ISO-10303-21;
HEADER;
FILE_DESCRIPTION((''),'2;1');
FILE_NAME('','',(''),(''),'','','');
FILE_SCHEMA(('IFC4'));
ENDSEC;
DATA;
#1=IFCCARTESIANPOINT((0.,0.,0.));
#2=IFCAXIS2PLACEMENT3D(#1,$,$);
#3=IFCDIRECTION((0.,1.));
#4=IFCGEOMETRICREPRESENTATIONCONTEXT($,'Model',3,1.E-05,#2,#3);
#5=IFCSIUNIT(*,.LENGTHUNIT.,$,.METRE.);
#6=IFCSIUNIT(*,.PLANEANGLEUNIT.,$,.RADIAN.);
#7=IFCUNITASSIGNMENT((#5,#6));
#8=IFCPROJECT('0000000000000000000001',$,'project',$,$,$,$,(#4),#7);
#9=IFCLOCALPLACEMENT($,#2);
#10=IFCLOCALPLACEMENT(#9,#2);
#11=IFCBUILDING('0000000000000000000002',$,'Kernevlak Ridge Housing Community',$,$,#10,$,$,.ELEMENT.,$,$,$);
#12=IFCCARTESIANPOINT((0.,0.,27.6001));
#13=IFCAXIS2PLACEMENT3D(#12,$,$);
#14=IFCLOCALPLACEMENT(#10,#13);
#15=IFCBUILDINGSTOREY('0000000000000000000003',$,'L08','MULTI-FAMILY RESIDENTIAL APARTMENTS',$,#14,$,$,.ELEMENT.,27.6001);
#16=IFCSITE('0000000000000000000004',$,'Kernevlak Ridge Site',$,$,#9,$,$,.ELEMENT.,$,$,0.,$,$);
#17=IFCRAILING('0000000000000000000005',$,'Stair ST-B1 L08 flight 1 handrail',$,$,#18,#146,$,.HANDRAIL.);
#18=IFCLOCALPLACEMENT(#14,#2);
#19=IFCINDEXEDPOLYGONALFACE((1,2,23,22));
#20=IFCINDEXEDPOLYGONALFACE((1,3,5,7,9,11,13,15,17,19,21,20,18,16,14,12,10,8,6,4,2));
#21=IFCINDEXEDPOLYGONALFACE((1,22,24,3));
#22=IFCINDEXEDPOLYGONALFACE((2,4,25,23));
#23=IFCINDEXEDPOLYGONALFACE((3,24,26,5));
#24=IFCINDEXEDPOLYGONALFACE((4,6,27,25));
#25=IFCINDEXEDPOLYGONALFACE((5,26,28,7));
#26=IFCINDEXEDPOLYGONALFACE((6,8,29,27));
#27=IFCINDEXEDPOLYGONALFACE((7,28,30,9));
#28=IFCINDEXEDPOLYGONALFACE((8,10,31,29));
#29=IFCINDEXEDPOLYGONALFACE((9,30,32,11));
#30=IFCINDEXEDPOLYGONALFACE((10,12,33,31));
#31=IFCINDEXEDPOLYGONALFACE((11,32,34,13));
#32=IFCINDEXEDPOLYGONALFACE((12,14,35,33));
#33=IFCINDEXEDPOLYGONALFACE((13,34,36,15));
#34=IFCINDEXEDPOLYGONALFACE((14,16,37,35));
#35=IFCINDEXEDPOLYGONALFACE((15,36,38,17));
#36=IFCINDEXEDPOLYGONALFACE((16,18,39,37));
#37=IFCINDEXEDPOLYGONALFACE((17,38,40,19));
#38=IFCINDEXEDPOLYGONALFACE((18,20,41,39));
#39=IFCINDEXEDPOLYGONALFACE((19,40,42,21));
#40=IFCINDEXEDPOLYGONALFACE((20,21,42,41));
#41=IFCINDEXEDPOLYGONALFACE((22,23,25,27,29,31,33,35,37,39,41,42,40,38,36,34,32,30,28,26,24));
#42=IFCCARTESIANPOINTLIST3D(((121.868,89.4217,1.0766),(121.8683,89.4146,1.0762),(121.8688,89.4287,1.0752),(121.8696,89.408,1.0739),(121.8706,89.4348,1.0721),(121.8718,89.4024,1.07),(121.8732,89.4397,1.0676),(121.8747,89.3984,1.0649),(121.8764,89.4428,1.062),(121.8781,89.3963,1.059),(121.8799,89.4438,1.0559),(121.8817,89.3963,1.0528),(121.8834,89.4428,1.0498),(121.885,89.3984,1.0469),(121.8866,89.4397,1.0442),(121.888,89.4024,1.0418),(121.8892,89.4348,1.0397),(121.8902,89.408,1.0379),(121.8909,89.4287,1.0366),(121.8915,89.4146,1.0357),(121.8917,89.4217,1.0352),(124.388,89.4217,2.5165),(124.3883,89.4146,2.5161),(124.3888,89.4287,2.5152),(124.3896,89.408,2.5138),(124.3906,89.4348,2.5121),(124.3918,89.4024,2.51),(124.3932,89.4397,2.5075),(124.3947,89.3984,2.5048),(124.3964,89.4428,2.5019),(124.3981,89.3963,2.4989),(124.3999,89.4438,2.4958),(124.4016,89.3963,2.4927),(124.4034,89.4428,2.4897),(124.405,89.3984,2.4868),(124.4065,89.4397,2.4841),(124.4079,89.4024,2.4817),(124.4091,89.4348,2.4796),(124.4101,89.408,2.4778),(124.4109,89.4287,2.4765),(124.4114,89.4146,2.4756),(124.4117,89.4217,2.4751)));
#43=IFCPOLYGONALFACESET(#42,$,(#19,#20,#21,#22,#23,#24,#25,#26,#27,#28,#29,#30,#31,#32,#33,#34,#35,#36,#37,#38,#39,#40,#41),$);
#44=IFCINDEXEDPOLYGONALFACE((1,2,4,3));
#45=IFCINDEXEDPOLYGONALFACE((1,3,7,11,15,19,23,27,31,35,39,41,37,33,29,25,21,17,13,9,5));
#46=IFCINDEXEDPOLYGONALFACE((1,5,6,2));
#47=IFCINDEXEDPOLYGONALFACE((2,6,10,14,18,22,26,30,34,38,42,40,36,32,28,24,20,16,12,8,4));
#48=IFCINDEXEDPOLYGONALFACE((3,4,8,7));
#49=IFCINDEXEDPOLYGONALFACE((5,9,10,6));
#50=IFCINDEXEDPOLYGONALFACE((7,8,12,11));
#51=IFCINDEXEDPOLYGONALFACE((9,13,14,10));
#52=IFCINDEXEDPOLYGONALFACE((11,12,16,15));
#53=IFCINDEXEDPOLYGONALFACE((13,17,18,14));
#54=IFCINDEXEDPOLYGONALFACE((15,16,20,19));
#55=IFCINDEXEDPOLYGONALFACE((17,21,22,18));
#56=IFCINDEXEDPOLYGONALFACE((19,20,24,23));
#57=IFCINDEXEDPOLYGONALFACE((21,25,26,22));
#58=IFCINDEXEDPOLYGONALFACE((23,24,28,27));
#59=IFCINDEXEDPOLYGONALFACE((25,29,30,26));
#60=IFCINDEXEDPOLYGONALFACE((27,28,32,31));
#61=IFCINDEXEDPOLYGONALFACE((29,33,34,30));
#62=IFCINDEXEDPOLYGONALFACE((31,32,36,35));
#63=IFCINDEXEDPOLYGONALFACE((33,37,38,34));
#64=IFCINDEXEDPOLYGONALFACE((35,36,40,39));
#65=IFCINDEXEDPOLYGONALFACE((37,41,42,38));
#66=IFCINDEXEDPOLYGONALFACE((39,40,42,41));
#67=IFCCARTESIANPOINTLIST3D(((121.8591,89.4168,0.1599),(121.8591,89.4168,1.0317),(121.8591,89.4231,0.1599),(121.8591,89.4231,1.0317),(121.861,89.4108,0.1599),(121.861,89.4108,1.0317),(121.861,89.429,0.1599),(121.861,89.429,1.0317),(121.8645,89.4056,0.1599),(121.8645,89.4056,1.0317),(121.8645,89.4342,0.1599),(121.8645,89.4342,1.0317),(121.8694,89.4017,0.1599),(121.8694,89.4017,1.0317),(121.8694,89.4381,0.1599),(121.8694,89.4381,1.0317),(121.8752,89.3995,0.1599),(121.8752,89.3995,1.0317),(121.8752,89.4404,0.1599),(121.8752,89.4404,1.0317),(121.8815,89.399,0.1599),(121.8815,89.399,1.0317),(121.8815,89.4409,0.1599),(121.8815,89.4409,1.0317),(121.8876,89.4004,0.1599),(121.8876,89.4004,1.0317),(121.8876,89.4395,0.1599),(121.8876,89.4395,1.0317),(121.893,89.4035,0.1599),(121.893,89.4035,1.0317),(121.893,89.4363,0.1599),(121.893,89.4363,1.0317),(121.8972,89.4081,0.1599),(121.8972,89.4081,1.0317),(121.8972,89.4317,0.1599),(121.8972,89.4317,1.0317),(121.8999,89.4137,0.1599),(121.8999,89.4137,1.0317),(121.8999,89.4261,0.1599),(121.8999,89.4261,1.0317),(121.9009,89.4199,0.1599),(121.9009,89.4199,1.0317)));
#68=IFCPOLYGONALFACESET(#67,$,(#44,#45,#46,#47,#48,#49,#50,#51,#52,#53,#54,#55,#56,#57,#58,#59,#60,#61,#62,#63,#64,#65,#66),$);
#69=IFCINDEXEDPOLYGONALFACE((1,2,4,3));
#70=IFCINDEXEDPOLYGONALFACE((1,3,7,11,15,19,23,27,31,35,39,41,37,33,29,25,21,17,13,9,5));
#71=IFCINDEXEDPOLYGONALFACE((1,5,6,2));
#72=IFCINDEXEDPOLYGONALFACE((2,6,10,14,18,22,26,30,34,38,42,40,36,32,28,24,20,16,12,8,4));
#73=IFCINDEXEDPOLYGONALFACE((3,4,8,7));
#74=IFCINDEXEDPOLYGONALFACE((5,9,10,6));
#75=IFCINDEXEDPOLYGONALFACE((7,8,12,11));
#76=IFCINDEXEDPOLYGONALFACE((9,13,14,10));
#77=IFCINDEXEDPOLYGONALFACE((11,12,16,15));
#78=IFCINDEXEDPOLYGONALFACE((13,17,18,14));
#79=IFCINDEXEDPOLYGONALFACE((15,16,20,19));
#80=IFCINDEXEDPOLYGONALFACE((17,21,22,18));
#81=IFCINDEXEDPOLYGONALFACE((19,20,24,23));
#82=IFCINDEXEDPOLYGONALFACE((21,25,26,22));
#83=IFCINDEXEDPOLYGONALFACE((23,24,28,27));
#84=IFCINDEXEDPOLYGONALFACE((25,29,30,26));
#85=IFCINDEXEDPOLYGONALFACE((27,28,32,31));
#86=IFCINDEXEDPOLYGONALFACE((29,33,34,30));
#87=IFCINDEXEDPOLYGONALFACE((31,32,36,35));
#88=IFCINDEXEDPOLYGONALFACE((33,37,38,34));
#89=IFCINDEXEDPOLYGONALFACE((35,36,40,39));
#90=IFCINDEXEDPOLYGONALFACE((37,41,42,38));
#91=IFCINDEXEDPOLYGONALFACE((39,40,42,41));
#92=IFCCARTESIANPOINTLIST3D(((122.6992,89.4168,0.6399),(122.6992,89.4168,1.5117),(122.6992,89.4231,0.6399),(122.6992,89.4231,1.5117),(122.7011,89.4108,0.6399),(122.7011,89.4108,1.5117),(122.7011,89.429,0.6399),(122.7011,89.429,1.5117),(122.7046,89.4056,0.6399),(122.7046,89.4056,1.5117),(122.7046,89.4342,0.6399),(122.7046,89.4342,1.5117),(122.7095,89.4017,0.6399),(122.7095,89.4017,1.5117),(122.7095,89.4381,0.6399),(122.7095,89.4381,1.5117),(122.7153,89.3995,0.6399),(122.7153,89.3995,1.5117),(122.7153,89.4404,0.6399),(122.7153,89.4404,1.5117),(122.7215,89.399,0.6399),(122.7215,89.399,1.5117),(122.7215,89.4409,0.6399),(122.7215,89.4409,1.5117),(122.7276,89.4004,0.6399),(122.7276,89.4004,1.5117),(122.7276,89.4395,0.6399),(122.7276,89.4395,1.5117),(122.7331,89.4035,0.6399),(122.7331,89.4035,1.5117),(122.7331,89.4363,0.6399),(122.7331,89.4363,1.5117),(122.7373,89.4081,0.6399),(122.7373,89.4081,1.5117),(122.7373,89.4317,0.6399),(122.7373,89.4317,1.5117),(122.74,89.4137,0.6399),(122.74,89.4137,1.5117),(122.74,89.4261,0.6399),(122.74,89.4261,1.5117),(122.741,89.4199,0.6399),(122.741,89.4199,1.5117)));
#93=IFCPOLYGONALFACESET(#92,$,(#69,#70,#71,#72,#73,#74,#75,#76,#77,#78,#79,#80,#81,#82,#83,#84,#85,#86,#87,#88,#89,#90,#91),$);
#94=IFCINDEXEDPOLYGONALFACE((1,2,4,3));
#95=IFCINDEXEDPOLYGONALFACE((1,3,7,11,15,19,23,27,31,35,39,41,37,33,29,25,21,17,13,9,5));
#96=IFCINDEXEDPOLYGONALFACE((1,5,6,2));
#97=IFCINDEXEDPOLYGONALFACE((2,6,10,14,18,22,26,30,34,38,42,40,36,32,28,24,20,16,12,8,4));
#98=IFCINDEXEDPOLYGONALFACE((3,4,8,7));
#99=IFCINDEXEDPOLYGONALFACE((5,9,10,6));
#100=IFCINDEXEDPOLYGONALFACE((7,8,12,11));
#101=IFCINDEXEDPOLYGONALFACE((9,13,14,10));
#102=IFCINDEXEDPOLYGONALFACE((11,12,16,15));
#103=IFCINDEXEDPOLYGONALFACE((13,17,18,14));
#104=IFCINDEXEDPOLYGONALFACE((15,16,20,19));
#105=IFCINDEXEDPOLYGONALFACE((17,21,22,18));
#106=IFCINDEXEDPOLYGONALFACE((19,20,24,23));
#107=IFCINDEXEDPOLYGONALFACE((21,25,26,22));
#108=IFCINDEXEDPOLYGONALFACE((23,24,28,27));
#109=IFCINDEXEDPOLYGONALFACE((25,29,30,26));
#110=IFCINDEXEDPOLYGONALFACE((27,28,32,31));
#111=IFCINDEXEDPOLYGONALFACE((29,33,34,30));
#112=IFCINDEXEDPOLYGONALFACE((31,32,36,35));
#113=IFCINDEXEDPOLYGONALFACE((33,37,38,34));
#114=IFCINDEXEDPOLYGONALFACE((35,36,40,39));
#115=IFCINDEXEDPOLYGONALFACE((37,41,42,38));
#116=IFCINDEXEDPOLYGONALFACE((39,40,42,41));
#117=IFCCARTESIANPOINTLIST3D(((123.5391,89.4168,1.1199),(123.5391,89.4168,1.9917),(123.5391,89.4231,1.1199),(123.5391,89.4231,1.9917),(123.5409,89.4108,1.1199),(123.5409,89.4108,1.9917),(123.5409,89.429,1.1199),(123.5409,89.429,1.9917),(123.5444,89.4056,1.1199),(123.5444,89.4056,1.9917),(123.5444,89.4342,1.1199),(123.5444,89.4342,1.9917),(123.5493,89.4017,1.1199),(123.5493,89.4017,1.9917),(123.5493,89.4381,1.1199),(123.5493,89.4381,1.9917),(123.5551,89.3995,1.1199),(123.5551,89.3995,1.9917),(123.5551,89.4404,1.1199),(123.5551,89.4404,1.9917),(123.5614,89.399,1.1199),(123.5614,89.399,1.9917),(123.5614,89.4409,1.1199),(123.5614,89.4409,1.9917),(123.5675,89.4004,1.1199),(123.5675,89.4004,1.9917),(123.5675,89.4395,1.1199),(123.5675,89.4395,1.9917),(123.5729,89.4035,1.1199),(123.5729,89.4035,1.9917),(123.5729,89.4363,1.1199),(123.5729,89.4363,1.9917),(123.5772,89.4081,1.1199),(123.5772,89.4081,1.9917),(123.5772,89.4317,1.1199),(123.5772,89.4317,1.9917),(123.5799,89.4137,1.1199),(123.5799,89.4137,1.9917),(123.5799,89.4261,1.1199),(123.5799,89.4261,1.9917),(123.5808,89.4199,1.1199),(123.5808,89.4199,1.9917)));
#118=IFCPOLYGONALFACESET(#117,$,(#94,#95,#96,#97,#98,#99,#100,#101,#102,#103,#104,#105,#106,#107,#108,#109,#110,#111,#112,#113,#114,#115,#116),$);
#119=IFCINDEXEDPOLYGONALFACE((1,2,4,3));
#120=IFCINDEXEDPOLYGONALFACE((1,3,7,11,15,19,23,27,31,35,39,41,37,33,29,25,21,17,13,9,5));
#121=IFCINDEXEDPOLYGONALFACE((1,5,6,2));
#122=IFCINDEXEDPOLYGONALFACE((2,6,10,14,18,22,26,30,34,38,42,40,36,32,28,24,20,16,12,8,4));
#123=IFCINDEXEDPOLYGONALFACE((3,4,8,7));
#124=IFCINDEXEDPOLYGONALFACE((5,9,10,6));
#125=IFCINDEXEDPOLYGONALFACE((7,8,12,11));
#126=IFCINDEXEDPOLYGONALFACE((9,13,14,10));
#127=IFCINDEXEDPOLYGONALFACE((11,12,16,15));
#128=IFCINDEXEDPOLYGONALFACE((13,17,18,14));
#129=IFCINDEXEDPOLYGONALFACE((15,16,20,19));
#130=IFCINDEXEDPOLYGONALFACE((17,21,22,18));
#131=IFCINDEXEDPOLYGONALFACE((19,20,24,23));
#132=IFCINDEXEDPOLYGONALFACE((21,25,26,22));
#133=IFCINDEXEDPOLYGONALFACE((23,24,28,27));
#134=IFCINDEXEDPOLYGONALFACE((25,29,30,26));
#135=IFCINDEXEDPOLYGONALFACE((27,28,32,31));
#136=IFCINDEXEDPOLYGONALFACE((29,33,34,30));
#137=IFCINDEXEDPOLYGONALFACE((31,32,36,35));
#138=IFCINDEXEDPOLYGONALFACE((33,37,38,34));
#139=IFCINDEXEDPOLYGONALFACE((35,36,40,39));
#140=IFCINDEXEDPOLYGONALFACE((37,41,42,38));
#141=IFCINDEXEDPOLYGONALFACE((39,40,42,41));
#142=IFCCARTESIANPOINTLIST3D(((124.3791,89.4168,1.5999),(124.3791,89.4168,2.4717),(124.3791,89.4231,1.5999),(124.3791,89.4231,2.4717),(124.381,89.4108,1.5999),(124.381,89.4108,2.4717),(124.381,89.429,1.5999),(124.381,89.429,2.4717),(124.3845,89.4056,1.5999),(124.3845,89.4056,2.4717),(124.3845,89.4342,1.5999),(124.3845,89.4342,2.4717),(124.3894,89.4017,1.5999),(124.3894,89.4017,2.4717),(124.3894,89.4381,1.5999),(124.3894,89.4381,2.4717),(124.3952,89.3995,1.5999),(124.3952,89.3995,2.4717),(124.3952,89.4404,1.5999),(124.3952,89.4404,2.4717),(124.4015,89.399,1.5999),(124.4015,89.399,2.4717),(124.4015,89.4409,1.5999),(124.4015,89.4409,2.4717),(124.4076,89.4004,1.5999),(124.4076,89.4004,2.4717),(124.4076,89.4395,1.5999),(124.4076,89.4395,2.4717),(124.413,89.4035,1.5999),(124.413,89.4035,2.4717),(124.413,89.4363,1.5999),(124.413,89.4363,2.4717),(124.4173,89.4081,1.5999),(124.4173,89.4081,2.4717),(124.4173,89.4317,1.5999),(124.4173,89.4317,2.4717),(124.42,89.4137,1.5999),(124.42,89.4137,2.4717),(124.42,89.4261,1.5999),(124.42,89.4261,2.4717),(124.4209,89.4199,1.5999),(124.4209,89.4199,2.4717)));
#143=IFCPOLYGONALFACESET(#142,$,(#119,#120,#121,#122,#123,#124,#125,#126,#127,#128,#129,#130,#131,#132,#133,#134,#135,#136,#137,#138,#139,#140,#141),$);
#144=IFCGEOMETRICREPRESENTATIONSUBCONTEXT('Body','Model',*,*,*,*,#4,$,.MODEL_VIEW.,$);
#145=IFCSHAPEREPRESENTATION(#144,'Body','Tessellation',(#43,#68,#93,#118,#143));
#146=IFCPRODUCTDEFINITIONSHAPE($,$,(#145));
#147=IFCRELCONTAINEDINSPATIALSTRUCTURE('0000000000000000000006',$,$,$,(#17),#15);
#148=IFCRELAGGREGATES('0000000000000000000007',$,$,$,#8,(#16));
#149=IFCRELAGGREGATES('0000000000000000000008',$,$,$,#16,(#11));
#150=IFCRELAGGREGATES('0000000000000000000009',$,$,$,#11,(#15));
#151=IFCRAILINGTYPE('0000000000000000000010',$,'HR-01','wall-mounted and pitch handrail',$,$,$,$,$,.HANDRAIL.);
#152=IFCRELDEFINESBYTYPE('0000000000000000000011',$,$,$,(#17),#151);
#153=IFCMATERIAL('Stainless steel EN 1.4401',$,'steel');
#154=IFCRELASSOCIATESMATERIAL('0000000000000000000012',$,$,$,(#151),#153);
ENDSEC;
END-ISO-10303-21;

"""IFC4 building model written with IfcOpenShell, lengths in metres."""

from ifc_helpers import new_model, si_unit, direction, frame, origin, origin_2d, place, context, subcontext, project, spatial, circle, extrude, material, type_object, element, save


model = new_model("IFC4")

# Units and contexts
model_context = context("Model", 3, precision=1e-05, world=origin(), true_north=direction((0.0, 1.0)))
body_context = subcontext(model_context, "Body", "Model", "MODEL_VIEW")
ifc_project = project(units=[si_unit("LENGTHUNIT", "METRE"), si_unit("PLANEANGLEUNIT", "RADIAN")], contexts=[model_context])

# Site, building, storey
site_placement = place(None, origin())
site = spatial("IfcSite", under=ifc_project, at=site_placement, Name="Kernevlak Ridge Site", CompositionType="ELEMENT", RefElevation=0.0)
building_placement = place(site_placement, origin())
building = spatial("IfcBuilding", under=site, at=building_placement, Name="Kernevlak Ridge Housing Community", CompositionType="ELEMENT")
storey_placement = place(building_placement, frame((0.0, 0.0, 27.6001)))
storey = spatial("IfcBuildingStorey", under=building, at=storey_placement, Name="L08", Description="MULTI-FAMILY RESIDENTIAL APARTMENTS", CompositionType="ELEMENT", Elevation=27.6001)

# Railing
ifc_material_1 = material(Name="Stainless steel EN 1.4401", Category="steel")
railing_type_1 = type_object("IfcRailingType", Name="HR-01", Description="wall-mounted and pitch handrail", PredefinedType="HANDRAIL", material=ifc_material_1)
railing_1_placement = place(storey_placement, frame((121.8799, 89.4199, 0.1599)))
element("IfcRailing", 1, at=railing_1_placement, inside=storey, type_object=railing_type_1, Name="Stair ST-B1 L08 flight 1 handrail", PredefinedType="HANDRAIL", context=body_context, shape_type="SweptSolid", body=[
    extrude(circle(Radius=0.0239, at=origin_2d()), frame((0.0, 0.0, 0.896), z_axis=(0.868253, 0.0, 0.496121), x_axis=(0.0, 1.0, 0.0)), (0.0, 0.0, 1.0), 2.9023),
    extrude(circle(Radius=0.021, at=origin_2d()), origin(), (0.0, 0.0, 1.0), 0.8718),
    extrude(circle(Radius=0.021, at=origin_2d()), frame((0.8401, 0.0, 0.48)), (0.0, 0.0, 1.0), 0.8718),
    extrude(circle(Radius=0.021, at=origin_2d()), frame((1.6799, 0.0, 0.96)), (0.0, 0.0, 1.0), 0.8718),
    extrude(circle(Radius=0.021, at=origin_2d()), frame((2.52, 0.0, 1.4399)), (0.0, 0.0, 1.0), 0.8718),
])

save(model, "model.ifc")
